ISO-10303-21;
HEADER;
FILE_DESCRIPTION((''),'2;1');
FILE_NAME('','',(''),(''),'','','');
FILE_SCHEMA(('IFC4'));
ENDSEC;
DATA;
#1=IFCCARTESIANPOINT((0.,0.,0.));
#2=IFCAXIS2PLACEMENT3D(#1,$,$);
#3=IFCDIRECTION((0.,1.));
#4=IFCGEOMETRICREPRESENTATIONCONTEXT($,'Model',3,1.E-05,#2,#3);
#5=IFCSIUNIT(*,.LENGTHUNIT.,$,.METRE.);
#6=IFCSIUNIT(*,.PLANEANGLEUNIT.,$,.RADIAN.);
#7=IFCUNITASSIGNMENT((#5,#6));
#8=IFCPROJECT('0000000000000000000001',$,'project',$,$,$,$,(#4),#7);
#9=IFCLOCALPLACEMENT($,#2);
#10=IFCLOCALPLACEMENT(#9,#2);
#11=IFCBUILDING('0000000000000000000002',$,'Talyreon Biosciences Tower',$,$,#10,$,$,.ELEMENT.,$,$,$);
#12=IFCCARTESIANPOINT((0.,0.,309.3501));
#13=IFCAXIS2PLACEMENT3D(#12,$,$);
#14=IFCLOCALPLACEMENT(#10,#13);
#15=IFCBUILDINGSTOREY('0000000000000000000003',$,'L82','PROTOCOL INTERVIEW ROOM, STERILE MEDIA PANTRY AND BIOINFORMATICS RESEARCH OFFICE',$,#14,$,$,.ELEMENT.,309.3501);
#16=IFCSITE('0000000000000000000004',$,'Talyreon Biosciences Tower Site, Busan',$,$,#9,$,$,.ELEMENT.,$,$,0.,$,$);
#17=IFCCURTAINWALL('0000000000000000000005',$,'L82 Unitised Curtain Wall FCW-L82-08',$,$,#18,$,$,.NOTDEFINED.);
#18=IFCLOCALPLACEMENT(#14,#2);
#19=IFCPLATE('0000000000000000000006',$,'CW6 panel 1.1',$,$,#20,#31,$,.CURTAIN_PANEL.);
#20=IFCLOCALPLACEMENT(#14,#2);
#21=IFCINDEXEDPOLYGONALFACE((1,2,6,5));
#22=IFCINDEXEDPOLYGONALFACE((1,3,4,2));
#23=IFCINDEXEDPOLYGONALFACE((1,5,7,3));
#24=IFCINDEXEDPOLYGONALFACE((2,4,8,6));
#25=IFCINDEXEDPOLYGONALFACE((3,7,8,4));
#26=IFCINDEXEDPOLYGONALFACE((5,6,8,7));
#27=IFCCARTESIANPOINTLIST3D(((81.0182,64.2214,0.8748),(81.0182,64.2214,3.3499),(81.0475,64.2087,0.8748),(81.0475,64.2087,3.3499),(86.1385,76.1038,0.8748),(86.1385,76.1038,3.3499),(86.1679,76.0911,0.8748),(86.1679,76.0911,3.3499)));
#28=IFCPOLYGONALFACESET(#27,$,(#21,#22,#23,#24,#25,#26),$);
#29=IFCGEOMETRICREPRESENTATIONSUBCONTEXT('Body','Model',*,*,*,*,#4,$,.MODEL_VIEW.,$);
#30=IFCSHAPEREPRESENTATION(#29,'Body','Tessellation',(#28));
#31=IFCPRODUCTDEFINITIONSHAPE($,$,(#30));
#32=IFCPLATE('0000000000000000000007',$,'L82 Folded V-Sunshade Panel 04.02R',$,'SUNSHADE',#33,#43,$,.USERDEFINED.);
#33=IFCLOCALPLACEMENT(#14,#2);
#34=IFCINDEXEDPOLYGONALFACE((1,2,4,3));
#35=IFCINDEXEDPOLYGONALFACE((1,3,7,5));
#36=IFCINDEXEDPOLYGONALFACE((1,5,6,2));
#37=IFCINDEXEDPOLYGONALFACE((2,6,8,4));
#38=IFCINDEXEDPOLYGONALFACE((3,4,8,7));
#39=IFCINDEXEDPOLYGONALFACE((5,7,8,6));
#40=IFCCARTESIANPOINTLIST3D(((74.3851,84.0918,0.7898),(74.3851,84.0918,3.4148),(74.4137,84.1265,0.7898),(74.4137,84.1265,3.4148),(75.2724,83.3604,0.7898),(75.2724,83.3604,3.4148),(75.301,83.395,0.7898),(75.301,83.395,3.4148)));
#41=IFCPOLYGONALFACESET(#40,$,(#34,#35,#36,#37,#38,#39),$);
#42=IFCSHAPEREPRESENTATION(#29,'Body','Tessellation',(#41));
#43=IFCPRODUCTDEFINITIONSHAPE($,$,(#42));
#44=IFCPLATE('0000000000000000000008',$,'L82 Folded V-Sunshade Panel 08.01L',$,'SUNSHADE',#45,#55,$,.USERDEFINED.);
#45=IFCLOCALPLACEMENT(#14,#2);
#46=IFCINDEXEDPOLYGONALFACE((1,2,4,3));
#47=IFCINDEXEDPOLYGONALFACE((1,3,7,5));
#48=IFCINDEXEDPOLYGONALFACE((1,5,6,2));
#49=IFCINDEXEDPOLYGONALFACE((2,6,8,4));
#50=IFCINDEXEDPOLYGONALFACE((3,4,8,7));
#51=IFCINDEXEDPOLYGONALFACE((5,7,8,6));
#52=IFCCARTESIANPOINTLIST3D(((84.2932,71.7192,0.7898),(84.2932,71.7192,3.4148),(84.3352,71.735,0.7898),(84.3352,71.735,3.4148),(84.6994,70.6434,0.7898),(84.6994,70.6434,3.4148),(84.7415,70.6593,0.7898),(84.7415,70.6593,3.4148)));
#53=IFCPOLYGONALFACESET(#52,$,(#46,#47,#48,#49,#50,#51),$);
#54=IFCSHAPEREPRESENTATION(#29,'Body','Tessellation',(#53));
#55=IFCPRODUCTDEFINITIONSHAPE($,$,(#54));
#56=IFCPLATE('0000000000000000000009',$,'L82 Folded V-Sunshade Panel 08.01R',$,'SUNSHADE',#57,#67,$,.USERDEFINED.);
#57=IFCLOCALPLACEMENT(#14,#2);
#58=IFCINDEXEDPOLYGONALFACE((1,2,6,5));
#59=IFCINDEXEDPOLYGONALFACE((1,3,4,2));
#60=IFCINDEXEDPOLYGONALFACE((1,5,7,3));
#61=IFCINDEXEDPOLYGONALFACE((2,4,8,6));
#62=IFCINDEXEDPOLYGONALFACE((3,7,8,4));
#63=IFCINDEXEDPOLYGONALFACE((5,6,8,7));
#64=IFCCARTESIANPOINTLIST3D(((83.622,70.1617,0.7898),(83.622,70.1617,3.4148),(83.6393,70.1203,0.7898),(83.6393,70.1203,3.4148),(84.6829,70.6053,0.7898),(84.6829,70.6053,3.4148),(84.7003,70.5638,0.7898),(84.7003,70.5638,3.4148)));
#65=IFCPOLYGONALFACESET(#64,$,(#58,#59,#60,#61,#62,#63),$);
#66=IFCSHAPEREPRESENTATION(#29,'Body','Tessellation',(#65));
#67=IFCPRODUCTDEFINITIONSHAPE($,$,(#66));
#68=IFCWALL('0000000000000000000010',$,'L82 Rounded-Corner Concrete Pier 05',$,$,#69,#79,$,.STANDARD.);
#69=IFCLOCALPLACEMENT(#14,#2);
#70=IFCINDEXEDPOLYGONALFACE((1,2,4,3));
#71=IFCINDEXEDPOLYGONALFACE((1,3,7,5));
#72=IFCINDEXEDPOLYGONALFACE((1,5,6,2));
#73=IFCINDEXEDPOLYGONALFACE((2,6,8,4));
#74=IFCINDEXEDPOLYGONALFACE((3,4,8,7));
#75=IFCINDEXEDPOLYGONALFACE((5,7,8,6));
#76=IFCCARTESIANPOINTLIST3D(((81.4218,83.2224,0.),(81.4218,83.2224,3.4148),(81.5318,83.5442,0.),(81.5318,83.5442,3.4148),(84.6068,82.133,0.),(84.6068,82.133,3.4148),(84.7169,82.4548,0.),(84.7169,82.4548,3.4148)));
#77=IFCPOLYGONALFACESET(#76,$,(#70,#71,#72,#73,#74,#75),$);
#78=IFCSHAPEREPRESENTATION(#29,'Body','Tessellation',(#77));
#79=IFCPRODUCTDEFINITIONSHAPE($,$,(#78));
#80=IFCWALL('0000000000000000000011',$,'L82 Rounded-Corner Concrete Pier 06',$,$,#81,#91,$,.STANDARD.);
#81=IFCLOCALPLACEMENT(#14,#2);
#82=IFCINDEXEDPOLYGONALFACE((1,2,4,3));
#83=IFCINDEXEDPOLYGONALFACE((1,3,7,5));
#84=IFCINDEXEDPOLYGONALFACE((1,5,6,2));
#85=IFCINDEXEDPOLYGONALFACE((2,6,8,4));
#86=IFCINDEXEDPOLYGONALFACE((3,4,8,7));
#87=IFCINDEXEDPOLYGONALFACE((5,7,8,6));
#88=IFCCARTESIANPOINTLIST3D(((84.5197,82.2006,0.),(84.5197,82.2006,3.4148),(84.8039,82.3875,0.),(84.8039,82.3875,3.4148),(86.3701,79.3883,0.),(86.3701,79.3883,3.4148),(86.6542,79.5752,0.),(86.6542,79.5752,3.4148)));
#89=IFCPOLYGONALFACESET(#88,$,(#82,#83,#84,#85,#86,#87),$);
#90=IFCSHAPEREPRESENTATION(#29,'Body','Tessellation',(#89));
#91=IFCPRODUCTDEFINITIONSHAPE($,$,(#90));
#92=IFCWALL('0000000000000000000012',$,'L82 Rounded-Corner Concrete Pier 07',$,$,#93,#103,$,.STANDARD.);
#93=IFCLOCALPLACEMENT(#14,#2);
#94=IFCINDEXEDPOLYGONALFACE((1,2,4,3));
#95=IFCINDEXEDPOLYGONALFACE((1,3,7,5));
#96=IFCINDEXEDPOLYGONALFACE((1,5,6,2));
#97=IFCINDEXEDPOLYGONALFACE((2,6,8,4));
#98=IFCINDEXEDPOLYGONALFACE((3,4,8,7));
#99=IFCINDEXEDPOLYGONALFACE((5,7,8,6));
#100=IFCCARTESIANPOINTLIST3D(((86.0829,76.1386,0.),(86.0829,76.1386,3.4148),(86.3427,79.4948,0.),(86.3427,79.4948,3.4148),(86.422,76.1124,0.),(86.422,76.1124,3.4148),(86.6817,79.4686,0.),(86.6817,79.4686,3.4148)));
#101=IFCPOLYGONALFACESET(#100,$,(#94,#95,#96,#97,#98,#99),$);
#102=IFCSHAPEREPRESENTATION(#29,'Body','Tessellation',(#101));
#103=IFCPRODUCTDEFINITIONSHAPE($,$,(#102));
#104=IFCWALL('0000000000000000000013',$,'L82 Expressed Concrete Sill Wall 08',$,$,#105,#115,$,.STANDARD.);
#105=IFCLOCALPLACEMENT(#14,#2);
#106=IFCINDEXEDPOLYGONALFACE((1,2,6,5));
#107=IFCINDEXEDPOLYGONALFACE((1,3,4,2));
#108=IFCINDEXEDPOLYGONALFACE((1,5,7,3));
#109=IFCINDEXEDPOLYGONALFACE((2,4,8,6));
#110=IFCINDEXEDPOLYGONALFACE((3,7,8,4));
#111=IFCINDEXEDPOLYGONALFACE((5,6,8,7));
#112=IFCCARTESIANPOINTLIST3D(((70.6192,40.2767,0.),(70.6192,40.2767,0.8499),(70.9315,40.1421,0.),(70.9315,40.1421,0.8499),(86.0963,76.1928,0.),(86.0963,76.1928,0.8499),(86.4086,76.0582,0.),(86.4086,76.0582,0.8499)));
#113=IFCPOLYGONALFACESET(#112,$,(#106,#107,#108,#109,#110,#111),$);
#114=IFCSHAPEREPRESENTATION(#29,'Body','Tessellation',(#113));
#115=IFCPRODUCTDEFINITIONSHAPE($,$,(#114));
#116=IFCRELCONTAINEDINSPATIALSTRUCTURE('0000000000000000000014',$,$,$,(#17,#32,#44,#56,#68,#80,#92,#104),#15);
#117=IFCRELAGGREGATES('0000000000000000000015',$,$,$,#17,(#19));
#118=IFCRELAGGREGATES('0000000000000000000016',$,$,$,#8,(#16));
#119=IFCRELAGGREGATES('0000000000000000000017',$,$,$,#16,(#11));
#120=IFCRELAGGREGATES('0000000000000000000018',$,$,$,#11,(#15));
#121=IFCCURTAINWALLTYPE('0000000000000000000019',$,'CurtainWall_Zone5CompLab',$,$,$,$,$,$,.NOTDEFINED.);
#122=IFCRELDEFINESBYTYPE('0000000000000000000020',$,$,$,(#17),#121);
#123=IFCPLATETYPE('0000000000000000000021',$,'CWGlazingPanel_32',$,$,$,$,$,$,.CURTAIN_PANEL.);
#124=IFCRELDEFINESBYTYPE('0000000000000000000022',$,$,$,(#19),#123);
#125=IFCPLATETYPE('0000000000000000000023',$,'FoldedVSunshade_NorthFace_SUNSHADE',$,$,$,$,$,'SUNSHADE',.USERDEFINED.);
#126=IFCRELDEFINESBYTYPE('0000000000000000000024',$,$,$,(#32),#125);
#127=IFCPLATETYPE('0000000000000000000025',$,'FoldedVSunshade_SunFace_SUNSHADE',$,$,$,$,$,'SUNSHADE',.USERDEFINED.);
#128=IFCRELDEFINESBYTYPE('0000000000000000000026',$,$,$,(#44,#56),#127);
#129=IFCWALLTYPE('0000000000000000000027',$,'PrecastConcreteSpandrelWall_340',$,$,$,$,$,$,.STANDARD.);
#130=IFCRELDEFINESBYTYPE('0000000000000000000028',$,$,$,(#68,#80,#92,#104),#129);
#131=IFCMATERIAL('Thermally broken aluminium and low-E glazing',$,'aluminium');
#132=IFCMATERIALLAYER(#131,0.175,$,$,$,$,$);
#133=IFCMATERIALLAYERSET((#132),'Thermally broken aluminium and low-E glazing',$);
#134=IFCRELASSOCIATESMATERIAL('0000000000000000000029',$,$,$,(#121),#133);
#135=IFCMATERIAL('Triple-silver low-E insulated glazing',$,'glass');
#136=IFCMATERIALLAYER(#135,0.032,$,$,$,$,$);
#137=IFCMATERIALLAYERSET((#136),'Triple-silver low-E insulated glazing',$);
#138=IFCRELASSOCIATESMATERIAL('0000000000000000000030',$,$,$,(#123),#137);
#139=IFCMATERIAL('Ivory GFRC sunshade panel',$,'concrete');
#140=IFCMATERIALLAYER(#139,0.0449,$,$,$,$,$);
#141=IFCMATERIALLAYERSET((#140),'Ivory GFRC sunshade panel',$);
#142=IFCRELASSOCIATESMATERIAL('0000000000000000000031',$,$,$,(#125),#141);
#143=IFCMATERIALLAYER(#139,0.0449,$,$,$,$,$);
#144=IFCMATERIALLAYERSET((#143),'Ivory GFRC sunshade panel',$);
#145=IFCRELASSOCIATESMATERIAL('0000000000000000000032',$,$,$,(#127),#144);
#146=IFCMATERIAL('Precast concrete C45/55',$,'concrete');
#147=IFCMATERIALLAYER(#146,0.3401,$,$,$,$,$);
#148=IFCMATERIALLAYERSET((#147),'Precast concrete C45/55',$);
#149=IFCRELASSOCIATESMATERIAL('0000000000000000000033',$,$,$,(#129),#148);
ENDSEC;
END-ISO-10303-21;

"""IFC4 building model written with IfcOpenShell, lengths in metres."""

from ifc_helpers import new_model, si_unit, direction, frame, frame_2d, origin, origin_2d, place, context, subcontext, project, spatial, rectangle, extrude, material, layer, layer_set, type_object, element, aggregate, save


model = new_model("IFC4")

# Units and contexts
model_context = context("Model", 3, precision=1e-05, world=origin(), true_north=direction((0.0, 1.0)))
body_context = subcontext(model_context, "Body", "Model", "MODEL_VIEW")
ifc_project = project(units=[si_unit("LENGTHUNIT", "METRE"), si_unit("PLANEANGLEUNIT", "RADIAN")], contexts=[model_context])

# Site, building, storey
site_placement = place(None, origin())
site = spatial("IfcSite", under=ifc_project, at=site_placement, Name="Talyreon Biosciences Tower Site, Busan", CompositionType="ELEMENT", RefElevation=0.0)
building_placement = place(site_placement, origin())
building = spatial("IfcBuilding", under=site, at=building_placement, Name="Talyreon Biosciences Tower", CompositionType="ELEMENT")
storey_placement = place(building_placement, frame((0.0, 0.0, 309.3501)))
storey = spatial("IfcBuildingStorey", under=building, at=storey_placement, Name="L82", Description="PROTOCOL INTERVIEW ROOM, STERILE MEDIA PANTRY AND BIOINFORMATICS RESEARCH OFFICE", CompositionType="ELEMENT", Elevation=309.3501)

# Shared definitions
ifc_material_1 = material(Name="Thermally broken aluminium and low-E glazing", Category="aluminium")
ifc_layer_1 = layer(ifc_material_1, 0.175)
ifc_layer_set_1 = layer_set([ifc_layer_1], Name="Thermally broken aluminium and low-E glazing")
curtain_wall_type = type_object("IfcCurtainWallType", Name="CurtainWall_Zone5CompLab", PredefinedType="NOTDEFINED", material=ifc_layer_set_1)

# Curtain wall
curtain_wall_1_placement = place(storey_placement, origin())
curtain_wall_1 = element("IfcCurtainWall", 1, at=curtain_wall_1_placement, inside=storey, type_object=curtain_wall_type, Name="L82 Unitised Curtain Wall FCW-L82-08", PredefinedType="NOTDEFINED")

# Shared definitions
ifc_material_2 = material(Name="Precast concrete C45/55", Category="concrete")

# Plate
ifc_material_3 = material(Name="Triple-silver low-E insulated glazing", Category="glass")
ifc_layer_2 = layer(ifc_material_3, 0.032)
ifc_layer_set_2 = layer_set([ifc_layer_2], Name="Triple-silver low-E insulated glazing")
plate_type_1 = type_object("IfcPlateType", Name="CWGlazingPanel_32", PredefinedType="CURTAIN_PANEL", material=ifc_layer_set_2)
plate_1_placement = place(storey_placement, frame((83.593, 70.1562, 0.8748), z_axis=(0.0, 0.0, 1.0), x_axis=(-0.395738, -0.918363, 0.0)))
plate_1 = element("IfcPlate", 2, at=plate_1_placement, type_object=plate_type_1, Name="CW6 panel 1.1", PredefinedType="CURTAIN_PANEL", context=body_context, shape_type="SweptSolid", body=[
    extrude(rectangle(XDim=12.9387, YDim=0.032, at=origin_2d()), origin(), (0.0, 0.0, 1.0), 2.4751),
])
aggregate(curtain_wall_1, [plate_1])

# Plates
ifc_material_4 = material(Name="Ivory GFRC sunshade panel", Category="concrete")
ifc_layer_3 = layer(ifc_material_4, 0.0449)
ifc_layer_set_3 = layer_set([ifc_layer_3], Name="Ivory GFRC sunshade panel")
plate_type_2 = type_object("IfcPlateType", Name="FoldedVSunshade_NorthFace_SUNSHADE", ElementType="SUNSHADE", PredefinedType="USERDEFINED", material=ifc_layer_set_3)
plate_2_placement = place(storey_placement, frame((74.843, 83.7434, 0.7898), z_axis=(0.0, 0.0, 1.0), x_axis=(0.771625, -0.636078, 0.0)))
element("IfcPlate", 3, at=plate_2_placement, inside=storey, type_object=plate_type_2, Name="L82 Folded V-Sunshade Panel 04.02R", ObjectType="SUNSHADE", PredefinedType="USERDEFINED", context=body_context, shape_type="SweptSolid", body=[
    extrude(rectangle(XDim=1.1499, YDim=0.0449, at=origin_2d()), origin(), (0.0, 0.0, 1.0), 2.625),
])
ifc_layer_4 = layer(ifc_material_4, 0.0449)
ifc_layer_set_4 = layer_set([ifc_layer_4], Name="Ivory GFRC sunshade panel")
plate_type_3 = type_object("IfcPlateType", Name="FoldedVSunshade_SunFace_SUNSHADE", ElementType="SUNSHADE", PredefinedType="USERDEFINED", material=ifc_layer_set_4)
for number, where, z_axis, x_axis, name in (
    (4, (84.5173, 71.1892, 0.7898), (0.0, 0.0, 1.0), (0.353279, -0.935518, 0.0), "L82 Folded V-Sunshade Panel 08.01L"),
    (5, (84.1611, 70.3628, 0.7898), (0.0, 0.0, 1.0), (-0.922619, -0.385713, 0.0), "L82 Folded V-Sunshade Panel 08.01R"),
):
    element("IfcPlate", number, at=place(storey_placement, frame(where, z_axis=z_axis, x_axis=x_axis)), inside=storey, type_object=plate_type_3, Name=name, ObjectType="SUNSHADE", PredefinedType="USERDEFINED", context=body_context, shape_type="SweptSolid", body=[
        extrude(rectangle(XDim=1.1499, YDim=0.0449, at=origin_2d()), origin(), (0.0, 0.0, 1.0), 2.625),
    ])

# Walls
ifc_layer_5 = layer(ifc_material_2, 0.3401)
ifc_layer_set_5 = layer_set([ifc_layer_5], Name="Precast concrete C45/55")
wall_type = type_object("IfcWallType", Name="PrecastConcreteSpandrelWall_340", PredefinedType="STANDARD", material=ifc_layer_set_5)
wall_1_placement = place(storey_placement, frame((81.4768, 83.3833, 0.0), z_axis=(0.0, 0.0, 1.0), x_axis=(0.946189, -0.323616, 0.0)))
element("IfcWall", 6, at=wall_1_placement, inside=storey, type_object=wall_type, Name="L82 Rounded-Corner Concrete Pier 05", PredefinedType="STANDARD", context=body_context, shape_type="SweptSolid", body=[
    extrude(rectangle(XDim=3.3662, YDim=0.3401, at=frame_2d((1.6831, 0.0))), origin(), (0.0, 0.0, 1.0), 3.4148),
])
wall_2_placement = place(storey_placement, frame((84.6619, 82.2939, 0.0), z_axis=(0.0, 0.0, 1.0), x_axis=(0.549652, -0.835393, 0.0)))
element("IfcWall", 7, at=wall_2_placement, inside=storey, type_object=wall_type, Name="L82 Rounded-Corner Concrete Pier 06", PredefinedType="STANDARD", context=body_context, shape_type="SweptSolid", body=[
    extrude(rectangle(XDim=3.3665, YDim=0.3401, at=frame_2d((1.6831, 0.0))), origin(), (0.0, 0.0, 1.0), 3.4148),
])
wall_3_placement = place(storey_placement, frame((86.5122, 79.4817, 0.0), z_axis=(0.0, 0.0, 1.0), x_axis=(-0.077168, -0.997018, 0.0)))
element("IfcWall", 8, at=wall_3_placement, inside=storey, type_object=wall_type, Name="L82 Rounded-Corner Concrete Pier 07", PredefinedType="STANDARD", context=body_context, shape_type="SweptSolid", body=[
    extrude(rectangle(XDim=3.3662, YDim=0.3401, at=frame_2d((1.6831, 0.0))), origin(), (0.0, 0.0, 1.0), 3.4148),
])
wall_4_placement = place(storey_placement, frame((86.2524, 76.1255, 0.0), z_axis=(0.0, 0.0, 1.0), x_axis=(-0.395743, -0.918361, 0.0)))
element("IfcWall", 9, at=wall_4_placement, inside=storey, type_object=wall_type, Name="L82 Expressed Concrete Sill Wall 08", PredefinedType="STANDARD", context=body_context, shape_type="SweptSolid", body=[
    extrude(rectangle(XDim=39.1089, YDim=0.3401, at=frame_2d((19.5544, 0.0))), origin(), (0.0, 0.0, 1.0), 0.8499),
])

save(model, "model.ifc")
